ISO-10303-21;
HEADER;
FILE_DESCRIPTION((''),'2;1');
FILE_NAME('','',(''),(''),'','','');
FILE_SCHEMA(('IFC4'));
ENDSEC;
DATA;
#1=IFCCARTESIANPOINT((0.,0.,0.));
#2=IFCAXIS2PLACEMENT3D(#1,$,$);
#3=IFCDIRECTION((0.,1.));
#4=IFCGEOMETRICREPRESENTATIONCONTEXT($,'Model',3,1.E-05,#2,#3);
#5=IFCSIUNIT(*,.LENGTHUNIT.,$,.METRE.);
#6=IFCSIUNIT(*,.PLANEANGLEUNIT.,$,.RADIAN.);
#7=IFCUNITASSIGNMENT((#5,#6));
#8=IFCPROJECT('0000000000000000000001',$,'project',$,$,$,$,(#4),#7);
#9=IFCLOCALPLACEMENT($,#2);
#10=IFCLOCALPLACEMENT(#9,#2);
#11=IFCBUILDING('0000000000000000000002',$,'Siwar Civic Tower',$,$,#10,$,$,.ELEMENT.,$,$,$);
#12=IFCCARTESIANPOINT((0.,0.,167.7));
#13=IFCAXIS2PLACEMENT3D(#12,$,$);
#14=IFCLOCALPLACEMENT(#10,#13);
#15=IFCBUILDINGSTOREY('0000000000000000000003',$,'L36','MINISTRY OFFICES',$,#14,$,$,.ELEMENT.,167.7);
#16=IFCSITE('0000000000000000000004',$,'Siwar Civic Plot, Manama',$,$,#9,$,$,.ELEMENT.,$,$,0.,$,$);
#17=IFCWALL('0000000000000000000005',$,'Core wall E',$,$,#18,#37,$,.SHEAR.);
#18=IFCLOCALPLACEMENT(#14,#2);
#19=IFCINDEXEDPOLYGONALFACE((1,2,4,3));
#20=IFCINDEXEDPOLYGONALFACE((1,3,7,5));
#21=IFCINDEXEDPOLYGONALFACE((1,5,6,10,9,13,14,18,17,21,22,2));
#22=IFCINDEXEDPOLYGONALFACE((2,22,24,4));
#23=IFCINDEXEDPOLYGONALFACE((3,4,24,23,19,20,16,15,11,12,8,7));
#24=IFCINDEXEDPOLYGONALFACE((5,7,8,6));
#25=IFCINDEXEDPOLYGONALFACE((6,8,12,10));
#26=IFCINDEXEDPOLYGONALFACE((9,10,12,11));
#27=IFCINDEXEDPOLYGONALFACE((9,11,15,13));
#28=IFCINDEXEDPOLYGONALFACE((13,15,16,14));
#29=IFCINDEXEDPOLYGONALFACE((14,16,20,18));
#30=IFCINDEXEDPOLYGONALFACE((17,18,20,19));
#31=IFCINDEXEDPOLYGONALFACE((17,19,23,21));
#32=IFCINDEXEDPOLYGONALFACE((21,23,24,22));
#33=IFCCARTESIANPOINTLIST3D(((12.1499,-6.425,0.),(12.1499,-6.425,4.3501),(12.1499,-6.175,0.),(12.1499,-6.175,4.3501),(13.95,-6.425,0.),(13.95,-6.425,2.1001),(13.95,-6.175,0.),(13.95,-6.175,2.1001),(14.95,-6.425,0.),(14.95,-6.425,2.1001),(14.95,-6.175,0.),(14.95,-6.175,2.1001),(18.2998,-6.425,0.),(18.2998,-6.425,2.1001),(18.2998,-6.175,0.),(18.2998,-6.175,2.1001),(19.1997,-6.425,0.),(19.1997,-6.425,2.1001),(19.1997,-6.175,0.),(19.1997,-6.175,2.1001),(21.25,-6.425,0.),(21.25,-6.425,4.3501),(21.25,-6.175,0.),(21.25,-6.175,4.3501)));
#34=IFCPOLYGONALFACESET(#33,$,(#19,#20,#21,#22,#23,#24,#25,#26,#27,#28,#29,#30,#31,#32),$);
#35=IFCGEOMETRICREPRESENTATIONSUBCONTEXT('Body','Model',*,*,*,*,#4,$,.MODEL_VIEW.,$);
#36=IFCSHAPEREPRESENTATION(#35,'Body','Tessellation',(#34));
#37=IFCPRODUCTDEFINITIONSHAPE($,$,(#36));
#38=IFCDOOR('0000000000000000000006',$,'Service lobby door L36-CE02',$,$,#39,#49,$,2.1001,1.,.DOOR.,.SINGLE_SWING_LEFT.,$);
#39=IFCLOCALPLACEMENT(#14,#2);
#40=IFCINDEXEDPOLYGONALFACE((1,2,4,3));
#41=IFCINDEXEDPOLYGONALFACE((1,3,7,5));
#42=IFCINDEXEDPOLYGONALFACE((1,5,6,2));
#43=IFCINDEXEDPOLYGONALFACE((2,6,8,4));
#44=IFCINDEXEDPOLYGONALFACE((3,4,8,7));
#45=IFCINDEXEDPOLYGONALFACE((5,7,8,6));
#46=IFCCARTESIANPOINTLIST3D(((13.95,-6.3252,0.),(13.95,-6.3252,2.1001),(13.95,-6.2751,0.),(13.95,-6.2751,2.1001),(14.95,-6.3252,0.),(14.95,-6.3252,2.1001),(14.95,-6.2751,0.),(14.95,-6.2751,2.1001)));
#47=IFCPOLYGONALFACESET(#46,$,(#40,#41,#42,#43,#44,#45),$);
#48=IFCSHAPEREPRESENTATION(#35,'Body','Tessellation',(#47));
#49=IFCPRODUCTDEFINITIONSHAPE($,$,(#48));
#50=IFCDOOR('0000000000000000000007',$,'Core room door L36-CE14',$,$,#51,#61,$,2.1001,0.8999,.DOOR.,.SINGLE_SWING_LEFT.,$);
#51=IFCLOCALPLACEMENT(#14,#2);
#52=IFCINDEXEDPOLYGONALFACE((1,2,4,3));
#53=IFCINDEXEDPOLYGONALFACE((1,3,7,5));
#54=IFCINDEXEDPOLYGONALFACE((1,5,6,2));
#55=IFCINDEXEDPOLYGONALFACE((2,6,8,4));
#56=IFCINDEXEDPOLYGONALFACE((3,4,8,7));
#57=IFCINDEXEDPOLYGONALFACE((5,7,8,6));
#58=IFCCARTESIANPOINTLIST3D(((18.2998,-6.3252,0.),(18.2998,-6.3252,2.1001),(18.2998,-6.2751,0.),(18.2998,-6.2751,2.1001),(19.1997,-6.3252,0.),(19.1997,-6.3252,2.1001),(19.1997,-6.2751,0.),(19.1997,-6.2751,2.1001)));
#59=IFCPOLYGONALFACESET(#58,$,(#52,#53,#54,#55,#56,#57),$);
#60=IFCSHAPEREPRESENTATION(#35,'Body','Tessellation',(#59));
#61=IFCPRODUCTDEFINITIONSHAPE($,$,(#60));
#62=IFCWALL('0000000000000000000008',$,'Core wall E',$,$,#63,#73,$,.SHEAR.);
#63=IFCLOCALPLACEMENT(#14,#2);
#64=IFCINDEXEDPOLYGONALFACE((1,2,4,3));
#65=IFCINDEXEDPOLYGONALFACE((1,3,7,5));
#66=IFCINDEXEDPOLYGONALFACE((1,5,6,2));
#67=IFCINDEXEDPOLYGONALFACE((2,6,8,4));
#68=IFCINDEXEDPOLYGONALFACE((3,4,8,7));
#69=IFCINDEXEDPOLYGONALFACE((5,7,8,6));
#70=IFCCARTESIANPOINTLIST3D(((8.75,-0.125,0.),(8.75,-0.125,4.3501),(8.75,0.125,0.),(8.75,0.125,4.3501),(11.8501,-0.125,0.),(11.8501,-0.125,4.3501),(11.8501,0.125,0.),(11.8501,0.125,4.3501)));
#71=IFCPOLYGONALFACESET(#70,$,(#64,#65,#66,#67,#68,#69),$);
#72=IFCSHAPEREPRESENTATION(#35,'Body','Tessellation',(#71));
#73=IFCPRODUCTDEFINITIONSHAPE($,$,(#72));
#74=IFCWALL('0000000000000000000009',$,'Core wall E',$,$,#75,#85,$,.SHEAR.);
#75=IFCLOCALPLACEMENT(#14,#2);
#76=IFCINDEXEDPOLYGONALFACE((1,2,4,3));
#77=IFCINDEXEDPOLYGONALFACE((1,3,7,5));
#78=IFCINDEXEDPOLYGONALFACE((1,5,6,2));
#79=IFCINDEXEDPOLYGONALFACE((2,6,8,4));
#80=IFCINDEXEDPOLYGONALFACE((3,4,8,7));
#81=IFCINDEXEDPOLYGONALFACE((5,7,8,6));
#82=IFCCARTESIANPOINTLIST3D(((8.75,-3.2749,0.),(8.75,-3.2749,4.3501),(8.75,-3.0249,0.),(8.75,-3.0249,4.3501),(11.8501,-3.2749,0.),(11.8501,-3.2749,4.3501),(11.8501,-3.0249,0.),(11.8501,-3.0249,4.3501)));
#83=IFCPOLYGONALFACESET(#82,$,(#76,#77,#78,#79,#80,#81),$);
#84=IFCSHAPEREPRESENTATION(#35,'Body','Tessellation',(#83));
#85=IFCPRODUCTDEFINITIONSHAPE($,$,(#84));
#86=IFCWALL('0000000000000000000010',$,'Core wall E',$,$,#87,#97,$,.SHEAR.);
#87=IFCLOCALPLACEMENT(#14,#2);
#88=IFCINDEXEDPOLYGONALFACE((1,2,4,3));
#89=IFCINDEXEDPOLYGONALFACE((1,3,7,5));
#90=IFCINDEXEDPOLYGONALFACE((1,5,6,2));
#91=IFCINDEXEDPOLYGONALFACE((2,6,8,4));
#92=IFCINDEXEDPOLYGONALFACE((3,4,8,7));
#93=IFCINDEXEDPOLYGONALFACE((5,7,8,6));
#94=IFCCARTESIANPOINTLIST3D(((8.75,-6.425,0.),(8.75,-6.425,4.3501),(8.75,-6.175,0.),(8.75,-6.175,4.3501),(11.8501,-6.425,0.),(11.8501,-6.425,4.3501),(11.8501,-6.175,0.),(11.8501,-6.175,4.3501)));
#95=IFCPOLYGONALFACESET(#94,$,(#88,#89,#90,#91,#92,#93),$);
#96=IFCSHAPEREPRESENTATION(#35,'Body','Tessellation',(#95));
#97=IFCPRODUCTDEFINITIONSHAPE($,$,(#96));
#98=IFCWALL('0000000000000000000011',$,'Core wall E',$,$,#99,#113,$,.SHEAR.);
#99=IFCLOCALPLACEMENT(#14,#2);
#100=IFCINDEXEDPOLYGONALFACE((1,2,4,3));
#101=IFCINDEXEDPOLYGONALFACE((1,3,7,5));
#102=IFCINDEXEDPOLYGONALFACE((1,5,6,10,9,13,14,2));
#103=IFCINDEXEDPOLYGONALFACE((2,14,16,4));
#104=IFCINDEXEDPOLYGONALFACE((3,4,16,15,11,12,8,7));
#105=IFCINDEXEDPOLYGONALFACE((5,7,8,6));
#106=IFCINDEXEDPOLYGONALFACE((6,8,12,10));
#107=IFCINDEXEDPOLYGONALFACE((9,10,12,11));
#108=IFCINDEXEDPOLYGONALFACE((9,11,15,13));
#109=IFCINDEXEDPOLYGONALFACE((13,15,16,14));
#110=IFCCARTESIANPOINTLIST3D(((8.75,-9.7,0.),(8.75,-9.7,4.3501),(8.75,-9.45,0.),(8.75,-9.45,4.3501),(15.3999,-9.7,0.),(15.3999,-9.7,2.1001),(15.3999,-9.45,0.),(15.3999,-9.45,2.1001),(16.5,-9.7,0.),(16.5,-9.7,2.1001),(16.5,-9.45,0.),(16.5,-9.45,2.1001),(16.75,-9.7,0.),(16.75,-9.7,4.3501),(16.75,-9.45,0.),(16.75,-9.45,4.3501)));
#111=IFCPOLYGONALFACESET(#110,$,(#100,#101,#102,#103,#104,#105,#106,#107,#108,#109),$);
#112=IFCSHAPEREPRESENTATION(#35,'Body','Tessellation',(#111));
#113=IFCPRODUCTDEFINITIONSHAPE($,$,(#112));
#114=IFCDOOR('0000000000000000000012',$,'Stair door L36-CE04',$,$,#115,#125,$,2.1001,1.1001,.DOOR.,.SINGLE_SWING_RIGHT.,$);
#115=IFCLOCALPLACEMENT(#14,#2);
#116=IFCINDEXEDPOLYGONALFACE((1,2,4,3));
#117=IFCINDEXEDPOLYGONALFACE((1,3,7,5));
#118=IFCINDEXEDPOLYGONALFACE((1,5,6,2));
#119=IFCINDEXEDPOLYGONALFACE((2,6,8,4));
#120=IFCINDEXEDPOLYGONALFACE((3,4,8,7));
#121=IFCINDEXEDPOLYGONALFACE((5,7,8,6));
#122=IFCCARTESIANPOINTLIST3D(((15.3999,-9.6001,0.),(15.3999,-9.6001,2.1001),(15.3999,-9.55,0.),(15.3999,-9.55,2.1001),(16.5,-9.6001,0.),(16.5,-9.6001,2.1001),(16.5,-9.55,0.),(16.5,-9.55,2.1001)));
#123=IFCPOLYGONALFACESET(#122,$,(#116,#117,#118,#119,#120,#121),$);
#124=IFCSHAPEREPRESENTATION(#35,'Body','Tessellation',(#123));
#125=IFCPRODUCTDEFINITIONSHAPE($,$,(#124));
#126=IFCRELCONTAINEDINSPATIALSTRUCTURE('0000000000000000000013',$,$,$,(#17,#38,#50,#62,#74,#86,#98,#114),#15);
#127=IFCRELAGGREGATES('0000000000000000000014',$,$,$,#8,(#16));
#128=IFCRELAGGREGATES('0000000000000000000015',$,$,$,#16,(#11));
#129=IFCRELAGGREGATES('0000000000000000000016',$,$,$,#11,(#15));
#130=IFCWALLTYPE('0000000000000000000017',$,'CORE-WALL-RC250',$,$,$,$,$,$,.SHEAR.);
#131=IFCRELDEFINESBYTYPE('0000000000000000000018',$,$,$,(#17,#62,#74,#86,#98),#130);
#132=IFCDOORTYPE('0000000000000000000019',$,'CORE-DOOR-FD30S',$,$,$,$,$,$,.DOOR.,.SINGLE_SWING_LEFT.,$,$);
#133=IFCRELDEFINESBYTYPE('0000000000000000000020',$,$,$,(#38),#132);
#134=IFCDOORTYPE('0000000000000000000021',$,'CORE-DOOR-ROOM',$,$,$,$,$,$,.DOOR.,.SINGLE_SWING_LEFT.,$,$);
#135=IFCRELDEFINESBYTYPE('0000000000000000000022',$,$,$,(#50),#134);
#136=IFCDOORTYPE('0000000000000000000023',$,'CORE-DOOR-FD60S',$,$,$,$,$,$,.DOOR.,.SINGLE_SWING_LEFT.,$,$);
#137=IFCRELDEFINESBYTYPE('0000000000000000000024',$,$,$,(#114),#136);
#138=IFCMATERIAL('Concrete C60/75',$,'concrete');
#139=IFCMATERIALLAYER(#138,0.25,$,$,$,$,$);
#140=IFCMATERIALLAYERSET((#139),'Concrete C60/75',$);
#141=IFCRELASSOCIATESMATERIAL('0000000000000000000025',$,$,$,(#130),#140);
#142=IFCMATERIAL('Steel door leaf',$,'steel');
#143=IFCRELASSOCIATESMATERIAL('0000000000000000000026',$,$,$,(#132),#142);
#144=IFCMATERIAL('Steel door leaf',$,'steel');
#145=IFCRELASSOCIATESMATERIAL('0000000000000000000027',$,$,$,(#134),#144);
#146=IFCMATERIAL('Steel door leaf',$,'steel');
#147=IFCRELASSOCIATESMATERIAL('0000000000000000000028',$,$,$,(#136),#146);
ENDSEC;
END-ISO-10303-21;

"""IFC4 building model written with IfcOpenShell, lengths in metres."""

from ifc_helpers import new_model, si_unit, direction, frame, frame_2d, origin, place, context, subcontext, project, spatial, rectangle, extrude, material, layer, layer_set, type_object, element, fill, save


model = new_model("IFC4")

# Units and contexts
model_context = context("Model", 3, precision=1e-05, world=origin(), true_north=direction((0.0, 1.0)))
body_context = subcontext(model_context, "Body", "Model", "MODEL_VIEW")
ifc_project = project(units=[si_unit("LENGTHUNIT", "METRE"), si_unit("PLANEANGLEUNIT", "RADIAN")], contexts=[model_context])

# Site, building, storey
site_placement = place(None, origin())
site = spatial("IfcSite", under=ifc_project, at=site_placement, Name="Siwar Civic Plot, Manama", CompositionType="ELEMENT", RefElevation=0.0)
building_placement = place(site_placement, origin())
building = spatial("IfcBuilding", under=site, at=building_placement, Name="Siwar Civic Tower", CompositionType="ELEMENT")
storey_placement = place(building_placement, frame((0.0, 0.0, 167.7)))
storey = spatial("IfcBuildingStorey", under=building, at=storey_placement, Name="L36", Description="MINISTRY OFFICES", CompositionType="ELEMENT", Elevation=167.7)

# Wall, openings, doors
ifc_material_1 = material(Name="Concrete C60/75", Category="concrete")
ifc_layer_1 = layer(ifc_material_1, 0.25)
ifc_layer_set_1 = layer_set([ifc_layer_1], Name="Concrete C60/75")
wall_type_1 = type_object("IfcWallType", Name="CORE-WALL-RC250", PredefinedType="SHEAR", material=ifc_layer_set_1)
wall_1_placement = place(storey_placement, frame((12.1499, -6.3, 0.0), z_axis=(0.0, 0.0, 1.0), x_axis=(1.0, 0.0, 0.0)))
wall_1 = element("IfcWall", 1, at=wall_1_placement, inside=storey, type_object=wall_type_1, Name="Core wall E", PredefinedType="SHEAR", context=body_context, shape_type="SweptSolid", body=[
    extrude(rectangle(XDim=9.1001, YDim=0.25, at=frame_2d((4.55, 0.0))), origin(), (0.0, 0.0, 1.0), 4.3501),
])
opening_1_placement = place(wall_1_placement, frame((1.8, 0.0, 0.0)))
opening_1 = element("IfcOpeningElement", 2, at=opening_1_placement, cuts=wall_1, PredefinedType="OPENING", context=body_context, shape_type="SweptSolid", body=[
    extrude(rectangle(XDim=1.0, YDim=2.1001, at=frame_2d((0.5, 1.05))), frame((0.0, 0.135, 0.0), z_axis=(0.0, -1.0, 0.0), x_axis=(1.0, 0.0, 0.0)), (0.0, 0.0, 1.0), 0.27),
])
opening_2_placement = place(wall_1_placement, frame((6.1499, 0.0, 0.0)))
opening_2 = element("IfcOpeningElement", 3, at=opening_2_placement, cuts=wall_1, PredefinedType="OPENING", context=body_context, shape_type="SweptSolid", body=[
    extrude(rectangle(XDim=0.8999, YDim=2.1001, at=frame_2d((0.45, 1.05))), frame((0.0, 0.135, 0.0), z_axis=(0.0, -1.0, 0.0), x_axis=(1.0, 0.0, 0.0)), (0.0, 0.0, 1.0), 0.27),
])
ifc_material_2 = material(Name="Steel door leaf", Category="steel")
door_type_1 = type_object("IfcDoorType", Name="CORE-DOOR-FD30S", OperationType="SINGLE_SWING_LEFT", PredefinedType="DOOR", material=ifc_material_2)
door_1_placement = place(opening_1_placement, origin())
door_1 = element("IfcDoor", 4, at=door_1_placement, inside=storey, type_object=door_type_1, Name="Service lobby door L36-CE02", OperationType="SINGLE_SWING_LEFT", OverallHeight=2.1001, OverallWidth=1.0, PredefinedType="DOOR", context=body_context, shape_type="SweptSolid", body=[
    extrude(rectangle(XDim=1.0, YDim=2.1001, at=frame_2d((0.5, 1.05))), frame((0.0, 0.0249, 0.0), z_axis=(0.0, -1.0, 0.0), x_axis=(1.0, 0.0, 0.0)), (0.0, 0.0, 1.0), 0.05),
])
fill(opening_1, door_1)
ifc_material_3 = material(Name="Steel door leaf", Category="steel")
door_type_2 = type_object("IfcDoorType", Name="CORE-DOOR-ROOM", OperationType="SINGLE_SWING_LEFT", PredefinedType="DOOR", material=ifc_material_3)
door_2_placement = place(opening_2_placement, origin())
door_2 = element("IfcDoor", 5, at=door_2_placement, inside=storey, type_object=door_type_2, Name="Core room door L36-CE14", OperationType="SINGLE_SWING_LEFT", OverallHeight=2.1001, OverallWidth=0.8999, PredefinedType="DOOR", context=body_context, shape_type="SweptSolid", body=[
    extrude(rectangle(XDim=0.8999, YDim=2.1001, at=frame_2d((0.45, 1.05))), frame((0.0, 0.0249, 0.0), z_axis=(0.0, -1.0, 0.0), x_axis=(1.0, 0.0, 0.0)), (0.0, 0.0, 1.0), 0.05),
])
fill(opening_2, door_2)

# Walls
for number, where, z_axis, x_axis, name in (
    (6, (8.75, 0.0, 0.0), (0.0, 0.0, 1.0), (1.0, 0.0, 0.0), "Core wall E"),
    (7, (8.75, -3.1499, 0.0), (0.0, 0.0, 1.0), (1.0, 0.0, 0.0), "Core wall E"),
    (8, (8.75, -6.3, 0.0), (0.0, 0.0, 1.0), (1.0, 0.0, 0.0), "Core wall E"),
):
    element("IfcWall", number, at=place(storey_placement, frame(where, z_axis=z_axis, x_axis=x_axis)), inside=storey, type_object=wall_type_1, Name=name, PredefinedType="SHEAR", context=body_context, shape_type="SweptSolid", body=[
        extrude(rectangle(XDim=3.1001, YDim=0.25, at=frame_2d((1.55, 0.0))), origin(), (0.0, 0.0, 1.0), 4.3501),
    ])

# Wall, opening, door
wall_2_placement = place(storey_placement, frame((8.75, -9.575, 0.0), z_axis=(0.0, 0.0, 1.0), x_axis=(1.0, 0.0, 0.0)))
wall_2 = element("IfcWall", 9, at=wall_2_placement, inside=storey, type_object=wall_type_1, Name="Core wall E", PredefinedType="SHEAR", context=body_context, shape_type="SweptSolid", body=[
    extrude(rectangle(XDim=8.0, YDim=0.25, at=frame_2d((4.0, 0.0))), origin(), (0.0, 0.0, 1.0), 4.3501),
])
opening_3_placement = place(wall_2_placement, frame((6.6499, 0.0, 0.0)))
opening_3 = element("IfcOpeningElement", 10, at=opening_3_placement, cuts=wall_2, PredefinedType="OPENING", context=body_context, shape_type="SweptSolid", body=[
    extrude(rectangle(XDim=1.1001, YDim=2.1001, at=frame_2d((0.55, 1.05))), frame((0.0, 0.135, 0.0), z_axis=(0.0, -1.0, 0.0), x_axis=(1.0, 0.0, 0.0)), (0.0, 0.0, 1.0), 0.27),
])
ifc_material_4 = material(Name="Steel door leaf", Category="steel")
door_type_3 = type_object("IfcDoorType", Name="CORE-DOOR-FD60S", OperationType="SINGLE_SWING_LEFT", PredefinedType="DOOR", material=ifc_material_4)
door_3_placement = place(opening_3_placement, origin())
door_3 = element("IfcDoor", 11, at=door_3_placement, inside=storey, type_object=door_type_3, Name="Stair door L36-CE04", OperationType="SINGLE_SWING_RIGHT", OverallHeight=2.1001, OverallWidth=1.1001, PredefinedType="DOOR", context=body_context, shape_type="SweptSolid", body=[
    extrude(rectangle(XDim=1.1001, YDim=2.1001, at=frame_2d((0.55, 1.05))), frame((0.0, 0.0249, 0.0), z_axis=(0.0, -1.0, 0.0), x_axis=(1.0, 0.0, 0.0)), (0.0, 0.0, 1.0), 0.05),
])
fill(opening_3, door_3)

save(model, "model.ifc")
